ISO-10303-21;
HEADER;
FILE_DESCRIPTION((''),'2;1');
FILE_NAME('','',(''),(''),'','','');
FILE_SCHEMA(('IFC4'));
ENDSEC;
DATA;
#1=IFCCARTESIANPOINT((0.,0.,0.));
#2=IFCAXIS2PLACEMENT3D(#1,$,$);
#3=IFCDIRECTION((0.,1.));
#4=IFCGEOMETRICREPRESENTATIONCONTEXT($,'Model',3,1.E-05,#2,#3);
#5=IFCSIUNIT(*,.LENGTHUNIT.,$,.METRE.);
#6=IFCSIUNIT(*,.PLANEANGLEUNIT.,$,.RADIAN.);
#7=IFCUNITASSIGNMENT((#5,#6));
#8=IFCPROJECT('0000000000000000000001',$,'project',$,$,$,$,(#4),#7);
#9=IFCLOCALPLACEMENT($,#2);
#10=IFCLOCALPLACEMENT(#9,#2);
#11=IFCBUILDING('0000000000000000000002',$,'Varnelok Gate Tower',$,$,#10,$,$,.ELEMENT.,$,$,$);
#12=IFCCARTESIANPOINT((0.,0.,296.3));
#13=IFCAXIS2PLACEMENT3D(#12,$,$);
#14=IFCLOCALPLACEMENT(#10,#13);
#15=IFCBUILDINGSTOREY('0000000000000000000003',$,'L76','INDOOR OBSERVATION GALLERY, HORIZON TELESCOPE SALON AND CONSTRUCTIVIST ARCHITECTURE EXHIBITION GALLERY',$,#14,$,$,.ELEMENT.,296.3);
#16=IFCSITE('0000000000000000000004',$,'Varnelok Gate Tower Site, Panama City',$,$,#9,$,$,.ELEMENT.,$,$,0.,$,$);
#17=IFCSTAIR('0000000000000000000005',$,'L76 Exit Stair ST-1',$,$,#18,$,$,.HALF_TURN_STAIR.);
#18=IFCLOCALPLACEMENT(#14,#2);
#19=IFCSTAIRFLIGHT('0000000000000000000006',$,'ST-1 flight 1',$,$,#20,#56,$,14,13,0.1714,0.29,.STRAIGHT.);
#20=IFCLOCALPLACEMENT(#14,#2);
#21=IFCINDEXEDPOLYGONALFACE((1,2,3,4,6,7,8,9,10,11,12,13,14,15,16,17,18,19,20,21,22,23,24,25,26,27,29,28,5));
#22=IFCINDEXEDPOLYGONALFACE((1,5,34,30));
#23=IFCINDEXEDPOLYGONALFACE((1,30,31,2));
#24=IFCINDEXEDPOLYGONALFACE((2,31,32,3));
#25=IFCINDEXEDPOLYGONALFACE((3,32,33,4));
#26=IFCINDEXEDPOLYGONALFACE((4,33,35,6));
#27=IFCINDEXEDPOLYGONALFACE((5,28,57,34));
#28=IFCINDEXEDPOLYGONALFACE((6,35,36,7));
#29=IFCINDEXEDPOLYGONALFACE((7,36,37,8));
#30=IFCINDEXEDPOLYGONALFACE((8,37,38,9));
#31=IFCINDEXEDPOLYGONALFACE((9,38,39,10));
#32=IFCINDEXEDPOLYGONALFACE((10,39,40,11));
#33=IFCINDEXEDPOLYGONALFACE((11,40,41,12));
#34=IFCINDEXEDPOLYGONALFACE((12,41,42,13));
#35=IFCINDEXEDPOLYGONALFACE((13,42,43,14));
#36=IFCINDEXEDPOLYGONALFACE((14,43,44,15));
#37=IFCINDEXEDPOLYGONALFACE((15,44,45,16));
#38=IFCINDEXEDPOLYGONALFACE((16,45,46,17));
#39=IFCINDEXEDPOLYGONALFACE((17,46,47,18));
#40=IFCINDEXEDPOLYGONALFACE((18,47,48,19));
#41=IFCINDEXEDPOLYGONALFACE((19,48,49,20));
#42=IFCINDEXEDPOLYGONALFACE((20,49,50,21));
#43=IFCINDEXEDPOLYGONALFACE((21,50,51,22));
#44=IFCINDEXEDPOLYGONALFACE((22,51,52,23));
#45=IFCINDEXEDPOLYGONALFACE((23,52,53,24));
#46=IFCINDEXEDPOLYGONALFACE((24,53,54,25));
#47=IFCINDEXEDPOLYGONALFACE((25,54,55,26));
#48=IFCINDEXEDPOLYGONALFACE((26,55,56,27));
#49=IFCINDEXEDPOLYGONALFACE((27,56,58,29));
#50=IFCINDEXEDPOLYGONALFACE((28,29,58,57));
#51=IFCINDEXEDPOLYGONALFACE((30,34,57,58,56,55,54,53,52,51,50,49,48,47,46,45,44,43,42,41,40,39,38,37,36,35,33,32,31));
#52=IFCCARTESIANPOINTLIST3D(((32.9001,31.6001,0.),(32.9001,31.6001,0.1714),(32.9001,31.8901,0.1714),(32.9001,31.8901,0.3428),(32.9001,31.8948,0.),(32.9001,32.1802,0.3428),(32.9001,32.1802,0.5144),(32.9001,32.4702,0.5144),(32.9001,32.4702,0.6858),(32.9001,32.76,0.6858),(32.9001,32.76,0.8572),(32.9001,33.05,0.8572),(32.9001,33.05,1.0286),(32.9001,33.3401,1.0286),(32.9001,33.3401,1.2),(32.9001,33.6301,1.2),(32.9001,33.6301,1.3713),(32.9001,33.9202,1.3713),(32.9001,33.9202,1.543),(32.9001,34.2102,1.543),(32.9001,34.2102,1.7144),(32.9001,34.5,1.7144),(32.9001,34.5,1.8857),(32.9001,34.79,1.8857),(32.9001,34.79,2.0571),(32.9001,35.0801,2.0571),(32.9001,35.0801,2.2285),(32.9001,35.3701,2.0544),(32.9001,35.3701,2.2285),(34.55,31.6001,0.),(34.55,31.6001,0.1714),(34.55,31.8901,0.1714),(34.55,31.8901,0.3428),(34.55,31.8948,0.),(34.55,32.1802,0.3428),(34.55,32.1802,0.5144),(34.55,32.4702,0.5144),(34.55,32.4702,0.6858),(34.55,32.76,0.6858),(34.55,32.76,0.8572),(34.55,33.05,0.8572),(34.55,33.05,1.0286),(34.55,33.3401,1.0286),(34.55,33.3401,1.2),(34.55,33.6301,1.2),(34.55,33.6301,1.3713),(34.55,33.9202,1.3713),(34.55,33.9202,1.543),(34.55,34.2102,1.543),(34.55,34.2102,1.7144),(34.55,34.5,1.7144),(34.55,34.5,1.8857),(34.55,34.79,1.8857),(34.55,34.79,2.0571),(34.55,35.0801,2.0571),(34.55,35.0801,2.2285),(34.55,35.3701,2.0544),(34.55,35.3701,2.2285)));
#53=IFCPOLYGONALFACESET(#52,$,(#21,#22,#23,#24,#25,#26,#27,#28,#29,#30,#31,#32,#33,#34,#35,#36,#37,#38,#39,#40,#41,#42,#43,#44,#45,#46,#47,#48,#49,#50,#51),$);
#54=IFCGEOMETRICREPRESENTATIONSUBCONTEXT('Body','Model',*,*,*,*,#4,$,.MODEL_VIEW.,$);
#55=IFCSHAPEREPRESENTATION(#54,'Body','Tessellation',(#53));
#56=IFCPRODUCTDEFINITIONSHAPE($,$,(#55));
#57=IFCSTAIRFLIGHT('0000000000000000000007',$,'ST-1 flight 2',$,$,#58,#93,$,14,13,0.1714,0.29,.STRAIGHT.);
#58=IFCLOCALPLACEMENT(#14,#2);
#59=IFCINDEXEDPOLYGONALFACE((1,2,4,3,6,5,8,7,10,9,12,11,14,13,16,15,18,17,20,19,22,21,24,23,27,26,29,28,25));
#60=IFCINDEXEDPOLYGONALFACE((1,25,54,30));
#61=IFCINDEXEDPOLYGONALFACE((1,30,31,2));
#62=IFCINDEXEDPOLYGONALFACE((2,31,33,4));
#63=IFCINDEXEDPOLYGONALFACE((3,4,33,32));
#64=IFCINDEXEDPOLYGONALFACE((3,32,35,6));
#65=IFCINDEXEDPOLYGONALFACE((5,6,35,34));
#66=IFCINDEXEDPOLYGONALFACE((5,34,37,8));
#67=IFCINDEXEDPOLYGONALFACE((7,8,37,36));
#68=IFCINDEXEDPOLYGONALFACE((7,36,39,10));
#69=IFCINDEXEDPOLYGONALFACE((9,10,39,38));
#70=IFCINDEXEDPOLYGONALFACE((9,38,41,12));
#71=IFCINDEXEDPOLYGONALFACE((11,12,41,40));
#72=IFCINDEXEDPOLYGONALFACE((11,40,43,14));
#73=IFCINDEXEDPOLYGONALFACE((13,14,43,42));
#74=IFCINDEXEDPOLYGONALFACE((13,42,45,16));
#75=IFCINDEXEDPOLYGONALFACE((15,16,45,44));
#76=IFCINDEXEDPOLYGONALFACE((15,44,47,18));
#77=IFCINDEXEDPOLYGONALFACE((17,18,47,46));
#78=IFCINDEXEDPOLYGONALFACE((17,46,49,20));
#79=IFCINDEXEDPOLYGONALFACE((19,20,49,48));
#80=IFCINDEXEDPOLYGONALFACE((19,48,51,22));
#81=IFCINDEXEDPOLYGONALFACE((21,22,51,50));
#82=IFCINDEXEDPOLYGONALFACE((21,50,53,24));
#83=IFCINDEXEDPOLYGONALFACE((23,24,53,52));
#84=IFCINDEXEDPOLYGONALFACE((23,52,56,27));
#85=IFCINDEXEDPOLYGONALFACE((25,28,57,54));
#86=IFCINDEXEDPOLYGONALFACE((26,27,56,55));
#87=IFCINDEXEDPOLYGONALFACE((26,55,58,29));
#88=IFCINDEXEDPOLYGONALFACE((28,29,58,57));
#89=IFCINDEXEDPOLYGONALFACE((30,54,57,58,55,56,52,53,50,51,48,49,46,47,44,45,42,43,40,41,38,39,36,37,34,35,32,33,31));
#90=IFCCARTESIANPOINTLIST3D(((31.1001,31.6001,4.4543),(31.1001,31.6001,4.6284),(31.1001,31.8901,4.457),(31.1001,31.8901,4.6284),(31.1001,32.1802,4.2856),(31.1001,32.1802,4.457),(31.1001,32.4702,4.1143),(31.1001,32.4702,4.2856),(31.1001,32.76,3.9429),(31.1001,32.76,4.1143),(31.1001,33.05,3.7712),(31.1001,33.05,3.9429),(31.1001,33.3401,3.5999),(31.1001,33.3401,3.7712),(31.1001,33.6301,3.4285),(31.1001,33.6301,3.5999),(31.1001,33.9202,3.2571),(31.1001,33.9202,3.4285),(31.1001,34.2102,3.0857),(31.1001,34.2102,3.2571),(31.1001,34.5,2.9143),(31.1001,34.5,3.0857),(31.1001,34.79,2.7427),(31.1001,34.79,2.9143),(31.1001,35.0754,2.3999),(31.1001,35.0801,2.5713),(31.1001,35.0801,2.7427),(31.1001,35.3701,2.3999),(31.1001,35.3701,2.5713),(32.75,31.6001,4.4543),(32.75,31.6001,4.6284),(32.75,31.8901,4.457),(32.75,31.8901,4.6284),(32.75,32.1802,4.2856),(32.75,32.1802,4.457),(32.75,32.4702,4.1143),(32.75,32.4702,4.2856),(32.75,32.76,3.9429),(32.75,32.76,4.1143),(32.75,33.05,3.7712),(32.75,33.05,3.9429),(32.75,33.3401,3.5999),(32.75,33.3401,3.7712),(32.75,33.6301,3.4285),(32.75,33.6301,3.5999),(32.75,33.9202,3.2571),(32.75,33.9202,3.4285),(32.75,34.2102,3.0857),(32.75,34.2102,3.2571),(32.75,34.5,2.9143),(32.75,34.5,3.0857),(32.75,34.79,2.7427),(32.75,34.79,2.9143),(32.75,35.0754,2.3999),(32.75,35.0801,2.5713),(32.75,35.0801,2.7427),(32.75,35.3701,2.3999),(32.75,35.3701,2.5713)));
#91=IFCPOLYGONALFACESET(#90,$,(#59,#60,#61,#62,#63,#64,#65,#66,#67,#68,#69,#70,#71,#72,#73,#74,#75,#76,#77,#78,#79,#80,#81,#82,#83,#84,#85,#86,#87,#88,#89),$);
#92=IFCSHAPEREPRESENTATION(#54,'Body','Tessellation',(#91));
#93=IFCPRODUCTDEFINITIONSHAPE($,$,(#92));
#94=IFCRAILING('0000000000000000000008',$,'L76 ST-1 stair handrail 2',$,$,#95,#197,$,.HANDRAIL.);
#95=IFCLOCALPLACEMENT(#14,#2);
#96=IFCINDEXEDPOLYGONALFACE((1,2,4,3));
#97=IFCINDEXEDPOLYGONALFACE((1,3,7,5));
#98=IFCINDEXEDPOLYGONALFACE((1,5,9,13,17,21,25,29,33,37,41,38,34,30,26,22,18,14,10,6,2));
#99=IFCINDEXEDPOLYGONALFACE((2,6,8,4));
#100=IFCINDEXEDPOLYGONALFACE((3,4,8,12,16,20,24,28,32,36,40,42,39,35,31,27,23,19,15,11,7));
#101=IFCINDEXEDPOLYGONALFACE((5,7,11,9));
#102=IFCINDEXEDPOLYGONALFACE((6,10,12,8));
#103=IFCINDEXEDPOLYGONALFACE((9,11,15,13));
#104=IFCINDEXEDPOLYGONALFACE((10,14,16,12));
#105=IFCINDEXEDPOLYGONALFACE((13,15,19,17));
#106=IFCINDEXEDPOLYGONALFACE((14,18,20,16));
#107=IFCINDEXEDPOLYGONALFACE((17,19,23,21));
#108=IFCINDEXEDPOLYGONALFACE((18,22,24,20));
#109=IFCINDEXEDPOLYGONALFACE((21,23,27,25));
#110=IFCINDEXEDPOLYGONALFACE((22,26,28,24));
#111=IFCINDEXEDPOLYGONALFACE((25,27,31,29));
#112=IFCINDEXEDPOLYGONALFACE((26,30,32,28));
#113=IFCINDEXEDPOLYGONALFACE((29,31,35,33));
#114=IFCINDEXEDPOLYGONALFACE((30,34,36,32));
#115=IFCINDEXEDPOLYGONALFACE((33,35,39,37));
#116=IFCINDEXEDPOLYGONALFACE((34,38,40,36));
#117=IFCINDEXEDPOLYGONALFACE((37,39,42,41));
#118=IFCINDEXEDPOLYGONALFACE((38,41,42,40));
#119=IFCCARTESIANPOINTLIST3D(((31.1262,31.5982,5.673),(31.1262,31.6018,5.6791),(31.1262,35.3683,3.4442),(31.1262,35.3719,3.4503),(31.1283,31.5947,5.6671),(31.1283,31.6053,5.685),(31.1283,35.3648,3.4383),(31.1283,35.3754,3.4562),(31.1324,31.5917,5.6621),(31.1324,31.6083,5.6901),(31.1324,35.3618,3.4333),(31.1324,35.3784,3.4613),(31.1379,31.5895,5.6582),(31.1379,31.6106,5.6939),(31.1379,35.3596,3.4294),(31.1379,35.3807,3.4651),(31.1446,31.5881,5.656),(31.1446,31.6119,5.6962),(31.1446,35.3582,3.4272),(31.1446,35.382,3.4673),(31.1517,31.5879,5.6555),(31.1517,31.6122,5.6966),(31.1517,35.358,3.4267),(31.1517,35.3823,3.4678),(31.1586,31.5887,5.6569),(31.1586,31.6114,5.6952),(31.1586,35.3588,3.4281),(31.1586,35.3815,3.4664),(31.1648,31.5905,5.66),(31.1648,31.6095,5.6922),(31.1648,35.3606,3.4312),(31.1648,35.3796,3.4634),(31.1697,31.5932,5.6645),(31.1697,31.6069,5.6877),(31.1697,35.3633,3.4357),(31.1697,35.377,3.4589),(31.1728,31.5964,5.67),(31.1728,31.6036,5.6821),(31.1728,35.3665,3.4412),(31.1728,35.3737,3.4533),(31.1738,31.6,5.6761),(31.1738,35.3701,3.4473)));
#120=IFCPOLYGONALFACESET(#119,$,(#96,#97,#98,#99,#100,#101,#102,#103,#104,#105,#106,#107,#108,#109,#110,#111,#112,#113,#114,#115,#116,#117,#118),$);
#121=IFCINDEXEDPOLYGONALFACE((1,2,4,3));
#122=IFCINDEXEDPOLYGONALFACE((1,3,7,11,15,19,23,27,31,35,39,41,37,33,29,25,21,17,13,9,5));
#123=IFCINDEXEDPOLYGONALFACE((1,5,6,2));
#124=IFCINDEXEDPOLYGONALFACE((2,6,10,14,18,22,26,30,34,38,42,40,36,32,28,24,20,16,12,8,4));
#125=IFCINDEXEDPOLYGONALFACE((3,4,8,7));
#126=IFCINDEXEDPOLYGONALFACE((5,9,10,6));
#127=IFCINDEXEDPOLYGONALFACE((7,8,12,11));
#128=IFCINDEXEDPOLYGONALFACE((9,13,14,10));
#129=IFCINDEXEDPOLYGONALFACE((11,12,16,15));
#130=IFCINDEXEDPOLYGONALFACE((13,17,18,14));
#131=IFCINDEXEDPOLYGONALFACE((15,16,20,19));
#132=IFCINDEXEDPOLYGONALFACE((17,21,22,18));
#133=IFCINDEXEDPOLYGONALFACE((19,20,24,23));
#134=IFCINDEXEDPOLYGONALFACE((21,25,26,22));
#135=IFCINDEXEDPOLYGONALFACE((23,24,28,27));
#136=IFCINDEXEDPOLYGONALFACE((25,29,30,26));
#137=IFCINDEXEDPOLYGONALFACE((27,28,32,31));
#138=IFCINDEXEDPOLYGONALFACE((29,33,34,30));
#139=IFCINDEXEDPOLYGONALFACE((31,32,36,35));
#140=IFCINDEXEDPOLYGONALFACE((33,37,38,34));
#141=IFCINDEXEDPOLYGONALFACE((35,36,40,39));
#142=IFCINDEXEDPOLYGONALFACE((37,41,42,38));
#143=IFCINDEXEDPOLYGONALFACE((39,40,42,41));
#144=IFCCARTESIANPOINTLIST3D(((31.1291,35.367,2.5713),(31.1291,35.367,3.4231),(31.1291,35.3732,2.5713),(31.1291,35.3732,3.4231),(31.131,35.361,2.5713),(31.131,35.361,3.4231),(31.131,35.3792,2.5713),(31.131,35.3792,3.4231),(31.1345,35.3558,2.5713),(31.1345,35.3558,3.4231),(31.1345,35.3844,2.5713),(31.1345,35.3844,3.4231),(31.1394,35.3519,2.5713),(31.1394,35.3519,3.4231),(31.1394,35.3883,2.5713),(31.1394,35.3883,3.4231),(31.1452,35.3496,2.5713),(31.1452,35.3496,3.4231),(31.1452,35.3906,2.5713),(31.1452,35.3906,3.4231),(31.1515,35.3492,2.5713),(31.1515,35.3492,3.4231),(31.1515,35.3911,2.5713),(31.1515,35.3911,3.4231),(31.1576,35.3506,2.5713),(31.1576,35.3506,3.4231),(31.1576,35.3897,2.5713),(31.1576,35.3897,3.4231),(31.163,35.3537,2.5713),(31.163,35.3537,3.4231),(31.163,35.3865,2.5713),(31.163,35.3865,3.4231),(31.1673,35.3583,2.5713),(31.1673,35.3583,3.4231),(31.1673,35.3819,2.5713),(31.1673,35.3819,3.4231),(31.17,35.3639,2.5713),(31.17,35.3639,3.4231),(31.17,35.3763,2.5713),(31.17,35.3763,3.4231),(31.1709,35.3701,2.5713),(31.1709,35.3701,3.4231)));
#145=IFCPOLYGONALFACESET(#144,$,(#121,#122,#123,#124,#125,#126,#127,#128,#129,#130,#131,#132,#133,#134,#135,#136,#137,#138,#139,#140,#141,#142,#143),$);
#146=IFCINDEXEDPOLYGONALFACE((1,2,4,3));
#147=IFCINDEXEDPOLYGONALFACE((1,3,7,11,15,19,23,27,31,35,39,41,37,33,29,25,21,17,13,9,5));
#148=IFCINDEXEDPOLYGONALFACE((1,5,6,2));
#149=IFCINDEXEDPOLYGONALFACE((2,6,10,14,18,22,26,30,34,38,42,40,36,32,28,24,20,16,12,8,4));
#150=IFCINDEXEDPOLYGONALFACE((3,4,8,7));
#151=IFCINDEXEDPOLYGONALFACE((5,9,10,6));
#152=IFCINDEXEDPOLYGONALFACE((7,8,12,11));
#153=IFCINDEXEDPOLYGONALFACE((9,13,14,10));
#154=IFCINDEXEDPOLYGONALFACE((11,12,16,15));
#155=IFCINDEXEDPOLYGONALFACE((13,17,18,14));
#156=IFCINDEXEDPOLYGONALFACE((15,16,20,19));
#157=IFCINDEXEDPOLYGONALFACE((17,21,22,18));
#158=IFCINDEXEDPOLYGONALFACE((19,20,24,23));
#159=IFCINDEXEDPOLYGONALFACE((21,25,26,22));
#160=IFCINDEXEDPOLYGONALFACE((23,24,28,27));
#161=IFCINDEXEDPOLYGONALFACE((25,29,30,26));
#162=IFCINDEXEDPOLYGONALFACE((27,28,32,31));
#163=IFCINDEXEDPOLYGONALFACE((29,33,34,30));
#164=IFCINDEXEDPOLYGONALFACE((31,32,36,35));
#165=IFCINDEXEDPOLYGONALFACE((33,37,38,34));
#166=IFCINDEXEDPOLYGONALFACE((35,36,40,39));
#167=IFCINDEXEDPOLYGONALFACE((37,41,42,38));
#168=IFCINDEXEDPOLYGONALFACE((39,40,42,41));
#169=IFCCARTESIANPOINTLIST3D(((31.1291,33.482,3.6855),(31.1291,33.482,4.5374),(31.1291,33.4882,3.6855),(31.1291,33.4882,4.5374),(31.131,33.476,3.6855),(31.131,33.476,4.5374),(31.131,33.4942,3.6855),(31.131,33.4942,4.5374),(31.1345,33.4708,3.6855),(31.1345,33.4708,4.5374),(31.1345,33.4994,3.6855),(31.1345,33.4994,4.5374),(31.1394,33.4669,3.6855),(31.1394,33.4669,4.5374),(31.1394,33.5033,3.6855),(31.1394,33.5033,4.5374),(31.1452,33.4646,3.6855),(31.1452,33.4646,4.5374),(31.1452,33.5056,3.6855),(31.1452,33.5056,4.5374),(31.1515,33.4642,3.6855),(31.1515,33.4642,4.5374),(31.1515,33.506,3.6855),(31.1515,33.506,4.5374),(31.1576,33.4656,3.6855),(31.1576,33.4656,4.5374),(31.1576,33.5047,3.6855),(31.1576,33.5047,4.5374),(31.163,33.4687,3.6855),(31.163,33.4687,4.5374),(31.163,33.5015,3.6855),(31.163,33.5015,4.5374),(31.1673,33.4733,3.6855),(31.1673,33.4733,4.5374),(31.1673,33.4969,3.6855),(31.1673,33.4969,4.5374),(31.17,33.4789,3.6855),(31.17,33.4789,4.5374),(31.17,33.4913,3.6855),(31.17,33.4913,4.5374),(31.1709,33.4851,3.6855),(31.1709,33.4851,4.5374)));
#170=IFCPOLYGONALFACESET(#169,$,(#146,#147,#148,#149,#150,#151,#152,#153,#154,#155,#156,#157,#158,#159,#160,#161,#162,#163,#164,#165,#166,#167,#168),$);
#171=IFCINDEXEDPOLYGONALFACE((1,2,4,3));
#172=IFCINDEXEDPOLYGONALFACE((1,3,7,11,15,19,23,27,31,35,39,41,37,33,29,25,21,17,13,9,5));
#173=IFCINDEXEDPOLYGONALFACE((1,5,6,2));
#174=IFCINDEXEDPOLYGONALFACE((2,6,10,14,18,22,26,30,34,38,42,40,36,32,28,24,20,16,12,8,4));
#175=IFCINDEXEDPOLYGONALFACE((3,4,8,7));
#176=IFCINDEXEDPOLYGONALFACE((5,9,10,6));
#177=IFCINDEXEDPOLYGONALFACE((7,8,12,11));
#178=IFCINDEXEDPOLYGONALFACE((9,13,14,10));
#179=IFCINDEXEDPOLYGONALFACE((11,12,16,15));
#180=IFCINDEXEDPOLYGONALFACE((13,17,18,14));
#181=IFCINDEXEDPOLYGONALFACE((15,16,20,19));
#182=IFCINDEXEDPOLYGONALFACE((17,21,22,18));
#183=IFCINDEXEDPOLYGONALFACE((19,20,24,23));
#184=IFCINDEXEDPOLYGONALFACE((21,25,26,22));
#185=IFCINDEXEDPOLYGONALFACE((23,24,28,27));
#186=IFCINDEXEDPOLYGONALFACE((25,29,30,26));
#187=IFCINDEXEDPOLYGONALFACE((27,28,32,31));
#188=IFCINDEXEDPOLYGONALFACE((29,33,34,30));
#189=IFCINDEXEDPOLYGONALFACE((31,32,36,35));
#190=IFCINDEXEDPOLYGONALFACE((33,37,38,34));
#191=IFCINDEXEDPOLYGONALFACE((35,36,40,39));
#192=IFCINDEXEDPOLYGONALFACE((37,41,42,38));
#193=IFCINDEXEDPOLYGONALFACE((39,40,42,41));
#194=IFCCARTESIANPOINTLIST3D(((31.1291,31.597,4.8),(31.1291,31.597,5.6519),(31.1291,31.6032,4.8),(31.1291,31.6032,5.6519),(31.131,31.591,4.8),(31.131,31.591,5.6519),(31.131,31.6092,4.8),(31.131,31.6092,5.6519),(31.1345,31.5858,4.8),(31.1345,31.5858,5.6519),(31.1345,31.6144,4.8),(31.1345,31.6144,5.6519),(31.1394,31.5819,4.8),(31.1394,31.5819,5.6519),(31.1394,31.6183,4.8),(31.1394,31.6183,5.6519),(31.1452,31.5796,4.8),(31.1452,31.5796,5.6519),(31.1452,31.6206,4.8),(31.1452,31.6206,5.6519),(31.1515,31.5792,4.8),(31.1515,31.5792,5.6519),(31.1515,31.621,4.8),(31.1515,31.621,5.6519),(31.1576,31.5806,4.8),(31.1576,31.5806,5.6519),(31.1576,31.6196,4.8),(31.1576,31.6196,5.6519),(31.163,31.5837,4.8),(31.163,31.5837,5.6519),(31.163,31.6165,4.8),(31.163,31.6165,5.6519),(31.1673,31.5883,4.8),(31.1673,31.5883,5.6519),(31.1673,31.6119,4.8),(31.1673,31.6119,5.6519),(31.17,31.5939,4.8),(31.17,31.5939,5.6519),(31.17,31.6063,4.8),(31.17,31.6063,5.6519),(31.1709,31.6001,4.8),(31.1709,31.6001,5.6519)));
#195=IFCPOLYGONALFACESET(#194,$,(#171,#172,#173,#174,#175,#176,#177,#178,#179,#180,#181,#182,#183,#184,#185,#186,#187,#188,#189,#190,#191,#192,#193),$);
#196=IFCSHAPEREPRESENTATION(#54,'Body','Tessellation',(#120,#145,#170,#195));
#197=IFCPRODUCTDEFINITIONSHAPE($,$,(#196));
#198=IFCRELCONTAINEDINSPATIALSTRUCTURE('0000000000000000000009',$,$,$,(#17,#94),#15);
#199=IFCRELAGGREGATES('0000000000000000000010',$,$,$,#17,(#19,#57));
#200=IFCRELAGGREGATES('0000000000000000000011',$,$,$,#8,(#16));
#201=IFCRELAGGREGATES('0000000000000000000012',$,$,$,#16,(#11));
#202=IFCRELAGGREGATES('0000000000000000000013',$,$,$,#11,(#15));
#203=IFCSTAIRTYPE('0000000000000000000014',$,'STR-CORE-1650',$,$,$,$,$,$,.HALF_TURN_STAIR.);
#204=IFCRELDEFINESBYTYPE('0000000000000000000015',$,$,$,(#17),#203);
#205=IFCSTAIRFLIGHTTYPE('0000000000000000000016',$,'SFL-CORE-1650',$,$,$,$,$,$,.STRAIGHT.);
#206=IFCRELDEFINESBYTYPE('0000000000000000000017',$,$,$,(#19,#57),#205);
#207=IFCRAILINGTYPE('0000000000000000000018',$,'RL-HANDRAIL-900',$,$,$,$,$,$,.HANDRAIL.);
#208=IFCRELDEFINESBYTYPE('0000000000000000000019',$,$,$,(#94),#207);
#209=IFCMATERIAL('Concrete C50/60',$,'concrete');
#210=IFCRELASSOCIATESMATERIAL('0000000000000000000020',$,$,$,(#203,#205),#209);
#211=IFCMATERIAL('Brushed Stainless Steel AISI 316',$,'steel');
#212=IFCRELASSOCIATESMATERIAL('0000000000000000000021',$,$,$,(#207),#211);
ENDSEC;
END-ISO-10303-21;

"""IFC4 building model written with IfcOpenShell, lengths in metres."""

from ifc_helpers import new_model, si_unit, direction, frame, origin, origin_2d, place, context, subcontext, project, spatial, polyline, circle, outline, extrude, material, type_object, element, aggregate, save


model = new_model("IFC4")

# Units and contexts
model_context = context("Model", 3, precision=1e-05, world=origin(), true_north=direction((0.0, 1.0)))
body_context = subcontext(model_context, "Body", "Model", "MODEL_VIEW")
ifc_project = project(units=[si_unit("LENGTHUNIT", "METRE"), si_unit("PLANEANGLEUNIT", "RADIAN")], contexts=[model_context])

# Site, building, storey
site_placement = place(None, origin())
site = spatial("IfcSite", under=ifc_project, at=site_placement, Name="Varnelok Gate Tower Site, Panama City", CompositionType="ELEMENT", RefElevation=0.0)
building_placement = place(site_placement, origin())
building = spatial("IfcBuilding", under=site, at=building_placement, Name="Varnelok Gate Tower", CompositionType="ELEMENT")
storey_placement = place(building_placement, frame((0.0, 0.0, 296.3)))
storey = spatial("IfcBuildingStorey", under=building, at=storey_placement, Name="L76", Description="INDOOR OBSERVATION GALLERY, HORIZON TELESCOPE SALON AND CONSTRUCTIVIST ARCHITECTURE EXHIBITION GALLERY", CompositionType="ELEMENT", Elevation=296.3)

# Shared definitions
ifc_material_1 = material(Name="Concrete C50/60", Category="concrete")

# Stair, stair flights
stair_type = type_object("IfcStairType", Name="STR-CORE-1650", PredefinedType="HALF_TURN_STAIR", material=ifc_material_1)
stair_placement = place(storey_placement, origin())
stair = element("IfcStair", 1, at=stair_placement, inside=storey, type_object=stair_type, Name="L76 Exit Stair ST-1", PredefinedType="HALF_TURN_STAIR")
stair_flight_type = type_object("IfcStairFlightType", Name="SFL-CORE-1650", PredefinedType="STRAIGHT", material=ifc_material_1)
stair_flight_1_placement = place(storey_placement, frame((33.7251, 31.6001, 0.0), z_axis=(0.0, 0.0, 1.0), x_axis=(0.0, 1.0, 0.0)))
stair_flight_1 = element("IfcStairFlight", 2, at=stair_flight_1_placement, type_object=stair_flight_type, Name="ST-1 flight 1", NumberOfRisers=14, NumberOfTreads=13, PredefinedType="STRAIGHT", RiserHeight=0.1714, TreadLength=0.29, context=body_context, shape_type="SweptSolid", body=[
    extrude(outline(polyline([(0.0, 0.0), (0.0, 0.1714), (0.29, 0.1714), (0.29, 0.3428), (0.5801, 0.3428), (0.5801, 0.5144), (0.8701, 0.5144), (0.8701, 0.6858), (1.1599, 0.6858), (1.1599, 0.8572), (1.45, 0.8572), (1.45, 1.0286), (1.74, 1.0286), (1.74, 1.2), (2.03, 1.2), (2.03, 1.3713), (2.3201, 1.3713), (2.3201, 1.543), (2.6101, 1.543), (2.6101, 1.7144), (2.8999, 1.7144), (2.8999, 1.8857), (3.1899, 1.8857), (3.1899, 2.0571), (3.48, 2.0571), (3.48, 2.2285), (3.77, 2.2285), (3.77, 2.3999), (3.77, 2.0544), (0.2947, 0.0), (0.0, 0.0)])), frame((0.0, 0.825, 0.0), z_axis=(0.0, -1.0, 0.0), x_axis=(1.0, 0.0, 0.0)), (0.0, 0.0, 1.0), 1.6499),
])
stair_flight_2_placement = place(storey_placement, frame((31.925, 35.3701, 2.3999), z_axis=(0.0, 0.0, 1.0), x_axis=(0.0, -1.0, 0.0)))
stair_flight_2 = element("IfcStairFlight", 3, at=stair_flight_2_placement, type_object=stair_flight_type, Name="ST-1 flight 2", NumberOfRisers=14, NumberOfTreads=13, PredefinedType="STRAIGHT", RiserHeight=0.1714, TreadLength=0.29, context=body_context, shape_type="SweptSolid", body=[
    extrude(outline(polyline([(0.0, 0.0), (0.0, 0.1714), (0.29, 0.1714), (0.29, 0.3428), (0.5801, 0.3428), (0.5801, 0.5144), (0.8701, 0.5144), (0.8701, 0.6858), (1.1599, 0.6858), (1.1599, 0.8572), (1.45, 0.8572), (1.45, 1.0286), (1.74, 1.0286), (1.74, 1.2), (2.03, 1.2), (2.03, 1.3713), (2.3201, 1.3713), (2.3201, 1.543), (2.6101, 1.543), (2.6101, 1.7144), (2.8999, 1.7144), (2.8999, 1.8857), (3.1899, 1.8857), (3.1899, 2.0571), (3.48, 2.0571), (3.48, 2.2285), (3.77, 2.2285), (3.77, 2.3999), (3.77, 2.0544), (0.2947, 0.0), (0.0, 0.0)])), frame((0.0, 0.825, 0.0), z_axis=(0.0, -1.0, 0.0), x_axis=(1.0, 0.0, 0.0)), (0.0, 0.0, 1.0), 1.6499),
])
aggregate(stair, [stair_flight_1, stair_flight_2])

# Railing
ifc_material_2 = material(Name="Brushed Stainless Steel AISI 316", Category="steel")
railing_type_1 = type_object("IfcRailingType", Name="RL-HANDRAIL-900", PredefinedType="HANDRAIL", material=ifc_material_2)
railing_1_placement = place(storey_placement, frame((31.1499, 35.3701, 2.5713)))
element("IfcRailing", 4, at=railing_1_placement, inside=storey, type_object=railing_type_1, Name="L76 ST-1 stair handrail 2", PredefinedType="HANDRAIL", context=body_context, shape_type="SweptSolid", body=[
    extrude(circle(Radius=0.0239, at=origin_2d()), frame((0.0, 0.0, 0.876), z_axis=(0.0, -0.860824, 0.508902), x_axis=(1.0, 0.0, 0.0)), (0.0, 0.0, 1.0), 4.3796),
    extrude(circle(Radius=0.021, at=origin_2d()), origin(), (0.0, 0.0, 1.0), 0.8518),
    extrude(circle(Radius=0.021, at=origin_2d()), frame((0.0, -1.885, 1.1143)), (0.0, 0.0, 1.0), 0.8518),
    extrude(circle(Radius=0.021, at=origin_2d()), frame((0.0, -3.77, 2.2288)), (0.0, 0.0, 1.0), 0.8518),
])

save(model, "model.ifc")
